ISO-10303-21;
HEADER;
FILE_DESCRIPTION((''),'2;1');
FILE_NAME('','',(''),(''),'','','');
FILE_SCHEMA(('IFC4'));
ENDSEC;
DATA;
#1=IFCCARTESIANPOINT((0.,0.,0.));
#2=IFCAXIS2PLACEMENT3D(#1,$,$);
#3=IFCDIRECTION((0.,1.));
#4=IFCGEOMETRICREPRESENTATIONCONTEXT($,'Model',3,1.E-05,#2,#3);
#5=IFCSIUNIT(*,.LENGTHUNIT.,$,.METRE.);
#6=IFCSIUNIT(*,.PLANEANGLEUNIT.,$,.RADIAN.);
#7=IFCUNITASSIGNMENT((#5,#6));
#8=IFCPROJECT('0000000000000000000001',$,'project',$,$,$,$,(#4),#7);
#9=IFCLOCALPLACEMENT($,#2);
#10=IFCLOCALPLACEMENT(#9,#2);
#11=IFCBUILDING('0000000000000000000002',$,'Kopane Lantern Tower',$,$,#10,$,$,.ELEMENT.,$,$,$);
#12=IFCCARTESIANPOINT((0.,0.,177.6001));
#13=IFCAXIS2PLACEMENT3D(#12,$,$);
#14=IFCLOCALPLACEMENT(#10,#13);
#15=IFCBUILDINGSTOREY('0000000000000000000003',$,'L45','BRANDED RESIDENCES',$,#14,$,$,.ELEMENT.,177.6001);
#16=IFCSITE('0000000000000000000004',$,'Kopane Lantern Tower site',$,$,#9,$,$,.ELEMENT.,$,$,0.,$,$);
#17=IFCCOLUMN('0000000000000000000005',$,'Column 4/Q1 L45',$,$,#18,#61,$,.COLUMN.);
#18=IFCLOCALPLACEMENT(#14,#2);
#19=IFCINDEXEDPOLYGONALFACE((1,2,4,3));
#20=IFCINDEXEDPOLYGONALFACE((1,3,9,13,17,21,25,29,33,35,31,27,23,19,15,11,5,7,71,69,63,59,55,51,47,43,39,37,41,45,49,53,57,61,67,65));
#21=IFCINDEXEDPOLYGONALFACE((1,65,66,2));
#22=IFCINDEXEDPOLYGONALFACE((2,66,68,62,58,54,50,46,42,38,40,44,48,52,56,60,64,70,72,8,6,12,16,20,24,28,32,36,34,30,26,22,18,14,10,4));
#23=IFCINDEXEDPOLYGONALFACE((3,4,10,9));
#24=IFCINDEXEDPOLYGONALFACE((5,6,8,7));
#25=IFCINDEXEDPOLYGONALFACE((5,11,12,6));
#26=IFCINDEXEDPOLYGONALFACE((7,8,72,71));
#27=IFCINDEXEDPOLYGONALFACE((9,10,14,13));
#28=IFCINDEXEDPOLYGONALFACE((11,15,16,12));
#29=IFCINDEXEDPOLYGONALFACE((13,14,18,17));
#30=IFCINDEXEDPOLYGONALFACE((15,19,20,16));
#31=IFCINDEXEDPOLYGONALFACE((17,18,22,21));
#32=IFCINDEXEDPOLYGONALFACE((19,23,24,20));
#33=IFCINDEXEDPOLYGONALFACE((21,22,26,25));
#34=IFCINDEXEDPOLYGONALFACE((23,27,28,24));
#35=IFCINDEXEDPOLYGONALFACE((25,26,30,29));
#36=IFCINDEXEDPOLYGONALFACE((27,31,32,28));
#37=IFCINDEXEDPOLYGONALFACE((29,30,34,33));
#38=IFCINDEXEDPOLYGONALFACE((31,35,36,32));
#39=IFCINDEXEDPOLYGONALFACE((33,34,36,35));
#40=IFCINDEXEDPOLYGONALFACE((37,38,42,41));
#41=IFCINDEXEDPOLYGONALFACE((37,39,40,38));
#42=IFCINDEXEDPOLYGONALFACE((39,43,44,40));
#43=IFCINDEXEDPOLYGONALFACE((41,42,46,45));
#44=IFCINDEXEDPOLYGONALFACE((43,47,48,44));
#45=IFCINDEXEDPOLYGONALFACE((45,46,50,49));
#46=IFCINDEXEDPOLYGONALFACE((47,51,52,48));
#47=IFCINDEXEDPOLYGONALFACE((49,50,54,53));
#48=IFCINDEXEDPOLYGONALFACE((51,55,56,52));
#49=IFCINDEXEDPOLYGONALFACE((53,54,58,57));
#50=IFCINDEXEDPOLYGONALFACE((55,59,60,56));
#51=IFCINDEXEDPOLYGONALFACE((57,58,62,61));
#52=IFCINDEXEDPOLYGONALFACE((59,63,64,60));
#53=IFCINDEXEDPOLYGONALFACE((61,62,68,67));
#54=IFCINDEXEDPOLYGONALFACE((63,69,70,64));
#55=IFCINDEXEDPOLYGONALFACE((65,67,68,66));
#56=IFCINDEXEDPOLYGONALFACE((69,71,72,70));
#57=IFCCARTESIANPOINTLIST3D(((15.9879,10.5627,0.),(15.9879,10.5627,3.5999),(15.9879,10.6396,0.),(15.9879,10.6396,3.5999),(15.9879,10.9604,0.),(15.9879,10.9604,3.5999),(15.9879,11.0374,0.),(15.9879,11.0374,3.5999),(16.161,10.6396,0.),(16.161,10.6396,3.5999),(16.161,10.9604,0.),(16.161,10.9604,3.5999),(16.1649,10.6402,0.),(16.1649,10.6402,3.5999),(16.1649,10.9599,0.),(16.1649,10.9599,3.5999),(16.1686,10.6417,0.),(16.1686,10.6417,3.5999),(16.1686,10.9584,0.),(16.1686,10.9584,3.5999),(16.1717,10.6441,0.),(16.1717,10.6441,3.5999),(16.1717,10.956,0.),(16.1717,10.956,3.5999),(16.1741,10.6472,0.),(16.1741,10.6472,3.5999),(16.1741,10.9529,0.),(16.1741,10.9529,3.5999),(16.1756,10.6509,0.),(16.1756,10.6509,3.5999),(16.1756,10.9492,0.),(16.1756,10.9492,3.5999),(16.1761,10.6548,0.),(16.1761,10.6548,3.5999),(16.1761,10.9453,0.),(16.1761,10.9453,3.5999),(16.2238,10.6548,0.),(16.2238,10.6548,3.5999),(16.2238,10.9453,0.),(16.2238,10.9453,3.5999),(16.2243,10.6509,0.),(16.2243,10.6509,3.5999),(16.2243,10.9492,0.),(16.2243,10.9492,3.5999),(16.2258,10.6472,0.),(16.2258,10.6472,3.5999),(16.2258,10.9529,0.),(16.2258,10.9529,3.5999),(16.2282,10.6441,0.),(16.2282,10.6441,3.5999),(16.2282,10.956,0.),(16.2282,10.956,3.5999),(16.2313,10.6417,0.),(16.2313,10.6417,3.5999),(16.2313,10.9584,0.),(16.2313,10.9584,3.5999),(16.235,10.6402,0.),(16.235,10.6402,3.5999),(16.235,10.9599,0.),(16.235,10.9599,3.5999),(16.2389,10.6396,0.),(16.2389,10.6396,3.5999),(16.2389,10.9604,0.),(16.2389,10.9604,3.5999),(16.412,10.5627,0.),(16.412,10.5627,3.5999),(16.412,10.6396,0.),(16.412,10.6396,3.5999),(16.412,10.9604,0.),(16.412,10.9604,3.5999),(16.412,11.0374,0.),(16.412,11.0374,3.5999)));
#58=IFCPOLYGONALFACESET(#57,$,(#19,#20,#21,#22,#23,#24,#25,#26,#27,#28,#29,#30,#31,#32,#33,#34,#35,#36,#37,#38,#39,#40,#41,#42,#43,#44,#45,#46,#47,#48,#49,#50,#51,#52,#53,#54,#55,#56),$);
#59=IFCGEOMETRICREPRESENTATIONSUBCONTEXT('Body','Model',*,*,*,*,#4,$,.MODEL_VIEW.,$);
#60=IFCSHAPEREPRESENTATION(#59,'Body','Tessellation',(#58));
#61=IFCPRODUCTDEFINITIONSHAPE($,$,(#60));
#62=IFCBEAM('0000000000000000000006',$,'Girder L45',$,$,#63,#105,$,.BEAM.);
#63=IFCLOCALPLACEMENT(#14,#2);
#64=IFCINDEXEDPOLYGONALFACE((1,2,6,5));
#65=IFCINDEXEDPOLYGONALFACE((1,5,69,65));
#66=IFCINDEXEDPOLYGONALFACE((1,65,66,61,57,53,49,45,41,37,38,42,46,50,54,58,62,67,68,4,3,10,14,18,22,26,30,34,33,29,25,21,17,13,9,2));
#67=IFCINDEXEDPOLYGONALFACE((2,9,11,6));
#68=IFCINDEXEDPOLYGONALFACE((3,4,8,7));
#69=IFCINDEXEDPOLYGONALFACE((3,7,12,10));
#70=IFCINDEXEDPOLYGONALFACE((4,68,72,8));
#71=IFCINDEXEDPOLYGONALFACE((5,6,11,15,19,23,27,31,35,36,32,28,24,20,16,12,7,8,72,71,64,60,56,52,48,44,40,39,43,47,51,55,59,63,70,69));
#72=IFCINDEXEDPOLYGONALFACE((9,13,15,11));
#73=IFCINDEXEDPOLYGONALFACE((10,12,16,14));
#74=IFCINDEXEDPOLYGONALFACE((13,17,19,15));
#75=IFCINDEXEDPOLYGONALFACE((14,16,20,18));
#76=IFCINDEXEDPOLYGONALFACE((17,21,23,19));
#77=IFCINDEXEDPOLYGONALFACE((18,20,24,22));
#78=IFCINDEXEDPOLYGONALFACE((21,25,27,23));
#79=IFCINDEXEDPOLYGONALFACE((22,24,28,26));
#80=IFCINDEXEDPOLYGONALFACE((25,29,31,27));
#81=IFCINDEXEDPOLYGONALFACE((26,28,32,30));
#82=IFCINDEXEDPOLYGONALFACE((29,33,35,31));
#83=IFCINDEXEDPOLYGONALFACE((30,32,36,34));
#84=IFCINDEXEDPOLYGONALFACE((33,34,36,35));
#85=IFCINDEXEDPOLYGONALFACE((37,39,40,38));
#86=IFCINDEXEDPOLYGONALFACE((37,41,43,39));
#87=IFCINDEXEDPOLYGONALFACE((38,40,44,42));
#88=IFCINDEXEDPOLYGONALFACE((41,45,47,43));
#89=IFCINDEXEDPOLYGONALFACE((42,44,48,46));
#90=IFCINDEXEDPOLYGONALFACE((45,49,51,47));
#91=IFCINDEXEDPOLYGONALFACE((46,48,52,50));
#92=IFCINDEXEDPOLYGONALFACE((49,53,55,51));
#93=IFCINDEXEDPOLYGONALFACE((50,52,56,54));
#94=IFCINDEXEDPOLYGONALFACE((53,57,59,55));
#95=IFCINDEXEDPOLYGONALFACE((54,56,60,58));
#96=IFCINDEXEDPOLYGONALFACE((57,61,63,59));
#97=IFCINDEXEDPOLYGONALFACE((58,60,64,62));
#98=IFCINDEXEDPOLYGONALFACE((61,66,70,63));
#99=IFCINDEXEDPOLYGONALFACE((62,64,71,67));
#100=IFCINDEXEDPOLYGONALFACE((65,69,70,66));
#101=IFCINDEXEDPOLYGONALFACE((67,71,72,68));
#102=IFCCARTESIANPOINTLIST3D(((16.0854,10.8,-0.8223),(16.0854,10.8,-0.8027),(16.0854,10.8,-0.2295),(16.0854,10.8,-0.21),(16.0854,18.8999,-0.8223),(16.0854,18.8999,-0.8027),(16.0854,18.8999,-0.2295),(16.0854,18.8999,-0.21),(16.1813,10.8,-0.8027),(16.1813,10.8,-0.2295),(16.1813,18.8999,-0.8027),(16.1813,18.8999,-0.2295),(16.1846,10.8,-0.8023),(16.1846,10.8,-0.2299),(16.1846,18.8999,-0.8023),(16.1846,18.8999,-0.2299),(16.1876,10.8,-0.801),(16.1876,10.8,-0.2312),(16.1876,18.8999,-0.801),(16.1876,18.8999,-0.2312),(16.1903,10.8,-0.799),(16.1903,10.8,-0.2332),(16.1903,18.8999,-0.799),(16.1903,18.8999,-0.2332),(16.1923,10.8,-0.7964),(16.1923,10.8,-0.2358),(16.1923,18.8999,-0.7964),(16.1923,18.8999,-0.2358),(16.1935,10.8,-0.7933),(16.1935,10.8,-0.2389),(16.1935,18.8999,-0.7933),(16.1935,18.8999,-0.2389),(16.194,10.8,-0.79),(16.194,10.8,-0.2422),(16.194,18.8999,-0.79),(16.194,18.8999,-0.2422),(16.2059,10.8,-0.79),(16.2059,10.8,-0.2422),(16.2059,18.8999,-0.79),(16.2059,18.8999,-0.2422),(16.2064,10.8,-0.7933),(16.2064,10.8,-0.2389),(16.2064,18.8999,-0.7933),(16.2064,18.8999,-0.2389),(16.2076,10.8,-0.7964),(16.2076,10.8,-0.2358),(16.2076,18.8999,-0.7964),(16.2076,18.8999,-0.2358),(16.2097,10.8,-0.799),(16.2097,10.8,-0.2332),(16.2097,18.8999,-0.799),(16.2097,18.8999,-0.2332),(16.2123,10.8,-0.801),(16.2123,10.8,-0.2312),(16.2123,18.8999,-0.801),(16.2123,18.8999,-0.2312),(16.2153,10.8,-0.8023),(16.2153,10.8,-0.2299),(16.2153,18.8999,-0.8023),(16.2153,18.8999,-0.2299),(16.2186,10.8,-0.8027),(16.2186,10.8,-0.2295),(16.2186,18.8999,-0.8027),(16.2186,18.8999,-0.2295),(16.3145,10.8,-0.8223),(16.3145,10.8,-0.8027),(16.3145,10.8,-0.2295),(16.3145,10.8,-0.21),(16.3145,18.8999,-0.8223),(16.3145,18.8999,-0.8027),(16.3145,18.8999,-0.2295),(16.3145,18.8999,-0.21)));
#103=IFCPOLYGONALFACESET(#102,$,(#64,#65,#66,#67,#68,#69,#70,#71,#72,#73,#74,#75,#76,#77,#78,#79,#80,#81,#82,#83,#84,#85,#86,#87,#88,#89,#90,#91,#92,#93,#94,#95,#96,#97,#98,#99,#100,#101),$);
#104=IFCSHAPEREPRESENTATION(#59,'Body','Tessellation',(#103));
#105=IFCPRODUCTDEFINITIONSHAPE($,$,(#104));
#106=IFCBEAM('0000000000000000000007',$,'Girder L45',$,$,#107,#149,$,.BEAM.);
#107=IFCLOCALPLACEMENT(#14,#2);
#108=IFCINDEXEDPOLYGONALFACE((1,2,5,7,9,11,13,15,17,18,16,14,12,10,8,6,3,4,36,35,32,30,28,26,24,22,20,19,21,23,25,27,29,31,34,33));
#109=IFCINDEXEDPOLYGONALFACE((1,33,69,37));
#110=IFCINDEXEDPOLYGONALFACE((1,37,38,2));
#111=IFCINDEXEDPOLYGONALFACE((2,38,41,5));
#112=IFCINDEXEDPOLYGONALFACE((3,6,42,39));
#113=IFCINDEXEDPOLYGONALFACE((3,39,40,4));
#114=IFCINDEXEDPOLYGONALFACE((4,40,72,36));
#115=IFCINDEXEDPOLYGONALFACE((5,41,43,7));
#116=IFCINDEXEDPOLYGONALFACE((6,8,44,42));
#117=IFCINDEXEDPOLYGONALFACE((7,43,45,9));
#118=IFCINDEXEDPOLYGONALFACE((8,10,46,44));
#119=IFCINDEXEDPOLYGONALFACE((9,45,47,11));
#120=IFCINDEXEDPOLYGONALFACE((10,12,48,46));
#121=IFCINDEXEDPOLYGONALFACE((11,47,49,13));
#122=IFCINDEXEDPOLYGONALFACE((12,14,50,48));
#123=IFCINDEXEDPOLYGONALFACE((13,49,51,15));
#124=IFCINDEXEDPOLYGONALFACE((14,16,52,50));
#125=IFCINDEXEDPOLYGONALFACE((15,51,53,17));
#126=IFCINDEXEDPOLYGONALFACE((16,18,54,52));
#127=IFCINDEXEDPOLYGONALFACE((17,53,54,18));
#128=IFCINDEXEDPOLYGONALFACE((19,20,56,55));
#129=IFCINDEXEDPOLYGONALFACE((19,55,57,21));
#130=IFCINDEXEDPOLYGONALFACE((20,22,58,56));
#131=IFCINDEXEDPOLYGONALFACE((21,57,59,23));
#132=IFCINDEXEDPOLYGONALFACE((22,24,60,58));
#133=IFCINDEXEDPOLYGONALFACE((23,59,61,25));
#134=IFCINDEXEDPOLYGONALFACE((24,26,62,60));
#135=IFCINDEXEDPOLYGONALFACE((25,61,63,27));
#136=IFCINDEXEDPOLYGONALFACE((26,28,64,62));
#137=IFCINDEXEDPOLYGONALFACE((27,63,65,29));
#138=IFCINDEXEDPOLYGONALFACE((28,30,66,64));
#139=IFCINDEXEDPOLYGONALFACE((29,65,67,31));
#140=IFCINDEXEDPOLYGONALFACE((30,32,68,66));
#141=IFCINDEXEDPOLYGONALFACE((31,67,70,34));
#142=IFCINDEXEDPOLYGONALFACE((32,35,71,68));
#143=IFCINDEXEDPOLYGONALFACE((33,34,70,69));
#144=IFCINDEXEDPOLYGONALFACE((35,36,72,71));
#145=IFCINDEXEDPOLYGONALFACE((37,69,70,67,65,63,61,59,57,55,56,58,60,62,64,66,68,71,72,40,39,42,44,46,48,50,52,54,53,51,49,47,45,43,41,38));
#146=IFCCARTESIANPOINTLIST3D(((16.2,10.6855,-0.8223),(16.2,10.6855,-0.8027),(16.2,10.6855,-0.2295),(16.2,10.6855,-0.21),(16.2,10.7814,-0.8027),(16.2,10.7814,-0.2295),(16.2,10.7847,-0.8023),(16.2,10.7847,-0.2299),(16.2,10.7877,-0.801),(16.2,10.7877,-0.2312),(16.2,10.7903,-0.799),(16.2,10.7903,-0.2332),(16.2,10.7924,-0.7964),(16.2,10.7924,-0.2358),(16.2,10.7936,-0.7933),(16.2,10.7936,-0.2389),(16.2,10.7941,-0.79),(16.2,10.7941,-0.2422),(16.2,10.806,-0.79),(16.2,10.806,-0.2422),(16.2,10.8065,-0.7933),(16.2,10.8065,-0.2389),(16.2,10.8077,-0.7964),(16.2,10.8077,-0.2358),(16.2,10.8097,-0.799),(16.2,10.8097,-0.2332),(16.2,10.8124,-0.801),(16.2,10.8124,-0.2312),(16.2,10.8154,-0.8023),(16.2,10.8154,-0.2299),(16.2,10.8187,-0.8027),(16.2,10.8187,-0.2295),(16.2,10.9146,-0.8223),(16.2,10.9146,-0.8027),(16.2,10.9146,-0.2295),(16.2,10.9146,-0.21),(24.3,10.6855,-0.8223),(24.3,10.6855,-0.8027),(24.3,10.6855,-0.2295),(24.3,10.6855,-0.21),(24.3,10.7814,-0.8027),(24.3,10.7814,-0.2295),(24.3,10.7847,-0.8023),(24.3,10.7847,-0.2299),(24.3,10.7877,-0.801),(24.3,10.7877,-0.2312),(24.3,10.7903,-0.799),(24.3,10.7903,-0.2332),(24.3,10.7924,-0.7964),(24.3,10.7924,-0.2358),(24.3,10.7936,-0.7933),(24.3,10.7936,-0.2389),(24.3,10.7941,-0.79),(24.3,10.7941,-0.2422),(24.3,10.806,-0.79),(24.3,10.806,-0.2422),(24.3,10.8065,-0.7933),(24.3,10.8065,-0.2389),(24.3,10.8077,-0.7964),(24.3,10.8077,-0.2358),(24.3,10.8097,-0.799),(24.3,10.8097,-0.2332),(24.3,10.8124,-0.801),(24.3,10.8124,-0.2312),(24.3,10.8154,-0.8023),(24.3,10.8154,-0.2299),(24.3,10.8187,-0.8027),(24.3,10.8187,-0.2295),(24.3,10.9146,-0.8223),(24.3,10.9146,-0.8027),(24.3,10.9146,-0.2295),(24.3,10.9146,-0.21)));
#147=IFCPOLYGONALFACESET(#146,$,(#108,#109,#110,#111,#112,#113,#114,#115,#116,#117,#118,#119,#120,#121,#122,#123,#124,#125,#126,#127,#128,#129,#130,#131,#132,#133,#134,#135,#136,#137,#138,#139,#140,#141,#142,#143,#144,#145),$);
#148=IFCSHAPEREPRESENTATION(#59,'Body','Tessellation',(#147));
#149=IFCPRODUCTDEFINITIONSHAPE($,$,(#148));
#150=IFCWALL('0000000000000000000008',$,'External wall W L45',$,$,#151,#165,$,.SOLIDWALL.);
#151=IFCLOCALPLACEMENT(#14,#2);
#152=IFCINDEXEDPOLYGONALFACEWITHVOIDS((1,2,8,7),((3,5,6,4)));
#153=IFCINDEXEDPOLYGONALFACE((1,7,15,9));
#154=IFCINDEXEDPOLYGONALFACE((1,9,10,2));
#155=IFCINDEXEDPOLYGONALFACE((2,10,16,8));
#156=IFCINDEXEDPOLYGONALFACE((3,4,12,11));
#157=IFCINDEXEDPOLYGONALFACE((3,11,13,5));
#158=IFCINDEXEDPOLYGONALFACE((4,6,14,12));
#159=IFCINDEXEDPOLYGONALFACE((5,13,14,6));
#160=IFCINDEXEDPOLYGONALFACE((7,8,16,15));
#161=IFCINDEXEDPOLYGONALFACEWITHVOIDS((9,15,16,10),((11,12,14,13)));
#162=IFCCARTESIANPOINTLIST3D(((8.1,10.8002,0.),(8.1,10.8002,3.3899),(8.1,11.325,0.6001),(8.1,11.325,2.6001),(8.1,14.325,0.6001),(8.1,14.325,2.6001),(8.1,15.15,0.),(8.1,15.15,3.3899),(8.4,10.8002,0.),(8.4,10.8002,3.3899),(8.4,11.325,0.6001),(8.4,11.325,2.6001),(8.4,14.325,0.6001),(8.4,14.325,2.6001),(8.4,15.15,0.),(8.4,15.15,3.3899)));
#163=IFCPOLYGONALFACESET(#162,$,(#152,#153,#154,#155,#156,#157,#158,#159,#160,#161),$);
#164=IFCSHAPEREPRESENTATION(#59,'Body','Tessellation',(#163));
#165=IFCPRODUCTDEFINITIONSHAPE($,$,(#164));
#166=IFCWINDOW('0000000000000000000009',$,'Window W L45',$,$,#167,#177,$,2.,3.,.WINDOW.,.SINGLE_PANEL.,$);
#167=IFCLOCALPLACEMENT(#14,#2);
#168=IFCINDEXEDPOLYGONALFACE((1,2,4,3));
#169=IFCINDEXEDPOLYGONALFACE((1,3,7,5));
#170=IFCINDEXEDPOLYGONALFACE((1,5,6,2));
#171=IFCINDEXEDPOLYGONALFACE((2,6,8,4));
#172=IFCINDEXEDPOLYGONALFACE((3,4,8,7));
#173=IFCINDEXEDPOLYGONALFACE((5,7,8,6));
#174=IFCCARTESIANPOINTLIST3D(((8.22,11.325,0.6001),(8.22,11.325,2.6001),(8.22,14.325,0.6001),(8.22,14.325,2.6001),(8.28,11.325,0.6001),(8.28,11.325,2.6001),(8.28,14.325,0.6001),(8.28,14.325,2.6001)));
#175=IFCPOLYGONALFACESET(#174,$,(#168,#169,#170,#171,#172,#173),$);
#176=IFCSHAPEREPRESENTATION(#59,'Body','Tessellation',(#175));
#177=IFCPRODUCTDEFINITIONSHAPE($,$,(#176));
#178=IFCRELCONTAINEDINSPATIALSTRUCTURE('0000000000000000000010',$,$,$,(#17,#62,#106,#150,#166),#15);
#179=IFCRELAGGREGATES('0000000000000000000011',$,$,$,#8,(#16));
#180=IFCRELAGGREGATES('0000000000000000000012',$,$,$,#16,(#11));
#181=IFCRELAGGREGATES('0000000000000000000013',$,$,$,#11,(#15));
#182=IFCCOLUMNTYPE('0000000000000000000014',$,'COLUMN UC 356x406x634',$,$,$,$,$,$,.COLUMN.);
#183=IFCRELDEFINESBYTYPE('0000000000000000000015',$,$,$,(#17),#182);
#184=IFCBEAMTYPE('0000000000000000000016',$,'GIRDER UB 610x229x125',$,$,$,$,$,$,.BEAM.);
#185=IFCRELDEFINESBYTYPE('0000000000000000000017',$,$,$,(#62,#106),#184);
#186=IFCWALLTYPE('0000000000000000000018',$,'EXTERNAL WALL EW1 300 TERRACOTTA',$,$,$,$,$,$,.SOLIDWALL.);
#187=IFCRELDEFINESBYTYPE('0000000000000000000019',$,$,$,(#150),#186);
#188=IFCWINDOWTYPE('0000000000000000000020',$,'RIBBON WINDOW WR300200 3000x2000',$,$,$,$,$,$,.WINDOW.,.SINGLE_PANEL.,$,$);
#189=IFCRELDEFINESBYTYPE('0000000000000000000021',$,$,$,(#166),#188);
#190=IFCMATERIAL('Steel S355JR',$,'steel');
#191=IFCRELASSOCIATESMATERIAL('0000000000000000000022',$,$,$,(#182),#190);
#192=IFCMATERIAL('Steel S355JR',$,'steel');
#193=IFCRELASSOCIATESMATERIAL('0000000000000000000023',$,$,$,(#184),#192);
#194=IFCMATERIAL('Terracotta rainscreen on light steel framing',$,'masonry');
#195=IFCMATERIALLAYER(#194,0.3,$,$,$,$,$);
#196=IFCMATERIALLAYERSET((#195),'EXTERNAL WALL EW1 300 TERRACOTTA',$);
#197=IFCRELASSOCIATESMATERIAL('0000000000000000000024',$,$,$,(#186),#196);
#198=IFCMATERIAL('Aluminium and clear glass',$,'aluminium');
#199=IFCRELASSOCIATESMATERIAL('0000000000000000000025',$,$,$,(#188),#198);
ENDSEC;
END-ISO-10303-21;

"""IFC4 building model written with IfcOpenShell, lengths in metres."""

from ifc_helpers import new_model, si_unit, direction, frame, frame_2d, origin, origin_2d, place, context, subcontext, project, spatial, rectangle, i_section, extrude, material, layer, layer_set, material_profile, profile_set, type_object, element, fill, save


model = new_model("IFC4")

# Units and contexts
model_context = context("Model", 3, precision=1e-05, world=origin(), true_north=direction((0.0, 1.0)))
body_context = subcontext(model_context, "Body", "Model", "MODEL_VIEW")
ifc_project = project(units=[si_unit("LENGTHUNIT", "METRE"), si_unit("PLANEANGLEUNIT", "RADIAN")], contexts=[model_context])

# Site, building, storey
site_placement = place(None, origin())
site = spatial("IfcSite", under=ifc_project, at=site_placement, Name="Kopane Lantern Tower site", CompositionType="ELEMENT", RefElevation=0.0)
building_placement = place(site_placement, origin())
building = spatial("IfcBuilding", under=site, at=building_placement, Name="Kopane Lantern Tower", CompositionType="ELEMENT")
storey_placement = place(building_placement, frame((0.0, 0.0, 177.6001)))
storey = spatial("IfcBuildingStorey", under=building, at=storey_placement, Name="L45", Description="BRANDED RESIDENCES", CompositionType="ELEMENT", Elevation=177.6001)

# Column
ifc_material_1 = material(Name="Steel S355JR", Category="steel")
ifc_material_profile_1 = material_profile(ifc_material_1, i_section(OverallWidth=0.4241, OverallDepth=0.4746, WebThickness=0.0476, FlangeThickness=0.0769, FilletRadius=0.0151, at=origin_2d()), Name="UC 356x406x634")
ifc_profile_set_1 = profile_set([ifc_material_profile_1], Name="Steel S355JR")
column_type = type_object("IfcColumnType", Name="COLUMN UC 356x406x634", PredefinedType="COLUMN", material=ifc_profile_set_1)
column_placement = place(storey_placement, frame((16.2, 10.8, 0.0), z_axis=(0.0, 0.0, 1.0), x_axis=(1.0, 0.0, 0.0)))
element("IfcColumn", 1, at=column_placement, inside=storey, type_object=column_type, Name="Column 4/Q1 L45", PredefinedType="COLUMN", context=body_context, shape_type="SweptSolid", body=[
    extrude(i_section(OverallWidth=0.4241, OverallDepth=0.4746, WebThickness=0.0476, FlangeThickness=0.0769, FilletRadius=0.0151, at=origin_2d()), origin(), (0.0, 0.0, 1.0), 3.5999),
])

# Beams
ifc_material_2 = material(Name="Steel S355JR", Category="steel")
ifc_material_profile_2 = material_profile(ifc_material_2, i_section(OverallWidth=0.229, OverallDepth=0.6123, WebThickness=0.012, FlangeThickness=0.0195, FilletRadius=0.0127, at=origin_2d()), Name="UB 610x229x125")
ifc_profile_set_2 = profile_set([ifc_material_profile_2], Name="Steel S355JR")
beam_type = type_object("IfcBeamType", Name="GIRDER UB 610x229x125", PredefinedType="BEAM", material=ifc_profile_set_2)
beam_1_placement = place(storey_placement, frame((16.2, 10.8, -0.5161), z_axis=(0.0, 1.0, 0.0), x_axis=(-1.0, 0.0, 0.0)))
element("IfcBeam", 2, at=beam_1_placement, inside=storey, type_object=beam_type, Name="Girder L45", PredefinedType="BEAM", context=body_context, shape_type="SweptSolid", body=[
    extrude(i_section(OverallWidth=0.229, OverallDepth=0.6123, WebThickness=0.012, FlangeThickness=0.0195, FilletRadius=0.0127, at=origin_2d()), origin(), (0.0, 0.0, 1.0), 8.0999),
])
beam_2_placement = place(storey_placement, frame((16.2, 10.8, -0.5161), z_axis=(1.0, 0.0, 0.0), x_axis=(0.0, 1.0, 0.0)))
element("IfcBeam", 3, at=beam_2_placement, inside=storey, type_object=beam_type, Name="Girder L45", PredefinedType="BEAM", context=body_context, shape_type="SweptSolid", body=[
    extrude(i_section(OverallWidth=0.229, OverallDepth=0.6123, WebThickness=0.012, FlangeThickness=0.0195, FilletRadius=0.0127, at=origin_2d()), origin(), (0.0, 0.0, 1.0), 8.1001),
])

# Shared definitions
ifc_material_3 = material(Name="Terracotta rainscreen on light steel framing", Category="masonry")
ifc_layer = layer(ifc_material_3, 0.3)
ifc_layer_set = layer_set([ifc_layer], Name="EXTERNAL WALL EW1 300 TERRACOTTA")
wall_type = type_object("IfcWallType", Name="EXTERNAL WALL EW1 300 TERRACOTTA", PredefinedType="SOLIDWALL", material=ifc_layer_set)

# Wall, opening, window
wall_1_placement = place(storey_placement, frame((8.25, 15.1499, 0.0), z_axis=(0.0, 0.0, 1.0), x_axis=(0.0, -1.0, 0.0)))
wall_1 = element("IfcWall", 4, at=wall_1_placement, inside=storey, type_object=wall_type, Name="External wall W L45", PredefinedType="SOLIDWALL", context=body_context, shape_type="SweptSolid", body=[
    extrude(rectangle(XDim=4.3499, YDim=0.3, at=frame_2d((2.1748, 0.0))), origin(), (0.0, 0.0, 1.0), 3.3899),
])
opening_1_placement = place(wall_1_placement, frame((0.825, 0.0, 0.6001)))
opening_1 = element("IfcOpeningElement", 5, at=opening_1_placement, cuts=wall_1, PredefinedType="OPENING", context=body_context, shape_type="SweptSolid", body=[
    extrude(rectangle(XDim=3.0, YDim=2.0, at=frame_2d((1.5, 1.0))), frame((0.0, 0.1599, 0.0), z_axis=(0.0, -1.0, 0.0), x_axis=(1.0, 0.0, 0.0)), (0.0, 0.0, 1.0), 0.3201),
])
ifc_material_4 = material(Name="Aluminium and clear glass", Category="aluminium")
window_type_1 = type_object("IfcWindowType", Name="RIBBON WINDOW WR300200 3000x2000", PartitioningType="SINGLE_PANEL", PredefinedType="WINDOW", material=ifc_material_4)
window_1_placement = place(opening_1_placement, origin())
window_1 = element("IfcWindow", 6, at=window_1_placement, inside=storey, type_object=window_type_1, Name="Window W L45", OverallHeight=2.0, OverallWidth=3.0, PartitioningType="SINGLE_PANEL", PredefinedType="WINDOW", context=body_context, shape_type="SweptSolid", body=[
    extrude(rectangle(XDim=3.0, YDim=2.0, at=frame_2d((1.5, 1.0))), frame((0.0, 0.03, 0.0), z_axis=(0.0, -1.0, 0.0), x_axis=(1.0, 0.0, 0.0)), (0.0, 0.0, 1.0), 0.0601),
])
fill(opening_1, window_1)

save(model, "model.ifc")
